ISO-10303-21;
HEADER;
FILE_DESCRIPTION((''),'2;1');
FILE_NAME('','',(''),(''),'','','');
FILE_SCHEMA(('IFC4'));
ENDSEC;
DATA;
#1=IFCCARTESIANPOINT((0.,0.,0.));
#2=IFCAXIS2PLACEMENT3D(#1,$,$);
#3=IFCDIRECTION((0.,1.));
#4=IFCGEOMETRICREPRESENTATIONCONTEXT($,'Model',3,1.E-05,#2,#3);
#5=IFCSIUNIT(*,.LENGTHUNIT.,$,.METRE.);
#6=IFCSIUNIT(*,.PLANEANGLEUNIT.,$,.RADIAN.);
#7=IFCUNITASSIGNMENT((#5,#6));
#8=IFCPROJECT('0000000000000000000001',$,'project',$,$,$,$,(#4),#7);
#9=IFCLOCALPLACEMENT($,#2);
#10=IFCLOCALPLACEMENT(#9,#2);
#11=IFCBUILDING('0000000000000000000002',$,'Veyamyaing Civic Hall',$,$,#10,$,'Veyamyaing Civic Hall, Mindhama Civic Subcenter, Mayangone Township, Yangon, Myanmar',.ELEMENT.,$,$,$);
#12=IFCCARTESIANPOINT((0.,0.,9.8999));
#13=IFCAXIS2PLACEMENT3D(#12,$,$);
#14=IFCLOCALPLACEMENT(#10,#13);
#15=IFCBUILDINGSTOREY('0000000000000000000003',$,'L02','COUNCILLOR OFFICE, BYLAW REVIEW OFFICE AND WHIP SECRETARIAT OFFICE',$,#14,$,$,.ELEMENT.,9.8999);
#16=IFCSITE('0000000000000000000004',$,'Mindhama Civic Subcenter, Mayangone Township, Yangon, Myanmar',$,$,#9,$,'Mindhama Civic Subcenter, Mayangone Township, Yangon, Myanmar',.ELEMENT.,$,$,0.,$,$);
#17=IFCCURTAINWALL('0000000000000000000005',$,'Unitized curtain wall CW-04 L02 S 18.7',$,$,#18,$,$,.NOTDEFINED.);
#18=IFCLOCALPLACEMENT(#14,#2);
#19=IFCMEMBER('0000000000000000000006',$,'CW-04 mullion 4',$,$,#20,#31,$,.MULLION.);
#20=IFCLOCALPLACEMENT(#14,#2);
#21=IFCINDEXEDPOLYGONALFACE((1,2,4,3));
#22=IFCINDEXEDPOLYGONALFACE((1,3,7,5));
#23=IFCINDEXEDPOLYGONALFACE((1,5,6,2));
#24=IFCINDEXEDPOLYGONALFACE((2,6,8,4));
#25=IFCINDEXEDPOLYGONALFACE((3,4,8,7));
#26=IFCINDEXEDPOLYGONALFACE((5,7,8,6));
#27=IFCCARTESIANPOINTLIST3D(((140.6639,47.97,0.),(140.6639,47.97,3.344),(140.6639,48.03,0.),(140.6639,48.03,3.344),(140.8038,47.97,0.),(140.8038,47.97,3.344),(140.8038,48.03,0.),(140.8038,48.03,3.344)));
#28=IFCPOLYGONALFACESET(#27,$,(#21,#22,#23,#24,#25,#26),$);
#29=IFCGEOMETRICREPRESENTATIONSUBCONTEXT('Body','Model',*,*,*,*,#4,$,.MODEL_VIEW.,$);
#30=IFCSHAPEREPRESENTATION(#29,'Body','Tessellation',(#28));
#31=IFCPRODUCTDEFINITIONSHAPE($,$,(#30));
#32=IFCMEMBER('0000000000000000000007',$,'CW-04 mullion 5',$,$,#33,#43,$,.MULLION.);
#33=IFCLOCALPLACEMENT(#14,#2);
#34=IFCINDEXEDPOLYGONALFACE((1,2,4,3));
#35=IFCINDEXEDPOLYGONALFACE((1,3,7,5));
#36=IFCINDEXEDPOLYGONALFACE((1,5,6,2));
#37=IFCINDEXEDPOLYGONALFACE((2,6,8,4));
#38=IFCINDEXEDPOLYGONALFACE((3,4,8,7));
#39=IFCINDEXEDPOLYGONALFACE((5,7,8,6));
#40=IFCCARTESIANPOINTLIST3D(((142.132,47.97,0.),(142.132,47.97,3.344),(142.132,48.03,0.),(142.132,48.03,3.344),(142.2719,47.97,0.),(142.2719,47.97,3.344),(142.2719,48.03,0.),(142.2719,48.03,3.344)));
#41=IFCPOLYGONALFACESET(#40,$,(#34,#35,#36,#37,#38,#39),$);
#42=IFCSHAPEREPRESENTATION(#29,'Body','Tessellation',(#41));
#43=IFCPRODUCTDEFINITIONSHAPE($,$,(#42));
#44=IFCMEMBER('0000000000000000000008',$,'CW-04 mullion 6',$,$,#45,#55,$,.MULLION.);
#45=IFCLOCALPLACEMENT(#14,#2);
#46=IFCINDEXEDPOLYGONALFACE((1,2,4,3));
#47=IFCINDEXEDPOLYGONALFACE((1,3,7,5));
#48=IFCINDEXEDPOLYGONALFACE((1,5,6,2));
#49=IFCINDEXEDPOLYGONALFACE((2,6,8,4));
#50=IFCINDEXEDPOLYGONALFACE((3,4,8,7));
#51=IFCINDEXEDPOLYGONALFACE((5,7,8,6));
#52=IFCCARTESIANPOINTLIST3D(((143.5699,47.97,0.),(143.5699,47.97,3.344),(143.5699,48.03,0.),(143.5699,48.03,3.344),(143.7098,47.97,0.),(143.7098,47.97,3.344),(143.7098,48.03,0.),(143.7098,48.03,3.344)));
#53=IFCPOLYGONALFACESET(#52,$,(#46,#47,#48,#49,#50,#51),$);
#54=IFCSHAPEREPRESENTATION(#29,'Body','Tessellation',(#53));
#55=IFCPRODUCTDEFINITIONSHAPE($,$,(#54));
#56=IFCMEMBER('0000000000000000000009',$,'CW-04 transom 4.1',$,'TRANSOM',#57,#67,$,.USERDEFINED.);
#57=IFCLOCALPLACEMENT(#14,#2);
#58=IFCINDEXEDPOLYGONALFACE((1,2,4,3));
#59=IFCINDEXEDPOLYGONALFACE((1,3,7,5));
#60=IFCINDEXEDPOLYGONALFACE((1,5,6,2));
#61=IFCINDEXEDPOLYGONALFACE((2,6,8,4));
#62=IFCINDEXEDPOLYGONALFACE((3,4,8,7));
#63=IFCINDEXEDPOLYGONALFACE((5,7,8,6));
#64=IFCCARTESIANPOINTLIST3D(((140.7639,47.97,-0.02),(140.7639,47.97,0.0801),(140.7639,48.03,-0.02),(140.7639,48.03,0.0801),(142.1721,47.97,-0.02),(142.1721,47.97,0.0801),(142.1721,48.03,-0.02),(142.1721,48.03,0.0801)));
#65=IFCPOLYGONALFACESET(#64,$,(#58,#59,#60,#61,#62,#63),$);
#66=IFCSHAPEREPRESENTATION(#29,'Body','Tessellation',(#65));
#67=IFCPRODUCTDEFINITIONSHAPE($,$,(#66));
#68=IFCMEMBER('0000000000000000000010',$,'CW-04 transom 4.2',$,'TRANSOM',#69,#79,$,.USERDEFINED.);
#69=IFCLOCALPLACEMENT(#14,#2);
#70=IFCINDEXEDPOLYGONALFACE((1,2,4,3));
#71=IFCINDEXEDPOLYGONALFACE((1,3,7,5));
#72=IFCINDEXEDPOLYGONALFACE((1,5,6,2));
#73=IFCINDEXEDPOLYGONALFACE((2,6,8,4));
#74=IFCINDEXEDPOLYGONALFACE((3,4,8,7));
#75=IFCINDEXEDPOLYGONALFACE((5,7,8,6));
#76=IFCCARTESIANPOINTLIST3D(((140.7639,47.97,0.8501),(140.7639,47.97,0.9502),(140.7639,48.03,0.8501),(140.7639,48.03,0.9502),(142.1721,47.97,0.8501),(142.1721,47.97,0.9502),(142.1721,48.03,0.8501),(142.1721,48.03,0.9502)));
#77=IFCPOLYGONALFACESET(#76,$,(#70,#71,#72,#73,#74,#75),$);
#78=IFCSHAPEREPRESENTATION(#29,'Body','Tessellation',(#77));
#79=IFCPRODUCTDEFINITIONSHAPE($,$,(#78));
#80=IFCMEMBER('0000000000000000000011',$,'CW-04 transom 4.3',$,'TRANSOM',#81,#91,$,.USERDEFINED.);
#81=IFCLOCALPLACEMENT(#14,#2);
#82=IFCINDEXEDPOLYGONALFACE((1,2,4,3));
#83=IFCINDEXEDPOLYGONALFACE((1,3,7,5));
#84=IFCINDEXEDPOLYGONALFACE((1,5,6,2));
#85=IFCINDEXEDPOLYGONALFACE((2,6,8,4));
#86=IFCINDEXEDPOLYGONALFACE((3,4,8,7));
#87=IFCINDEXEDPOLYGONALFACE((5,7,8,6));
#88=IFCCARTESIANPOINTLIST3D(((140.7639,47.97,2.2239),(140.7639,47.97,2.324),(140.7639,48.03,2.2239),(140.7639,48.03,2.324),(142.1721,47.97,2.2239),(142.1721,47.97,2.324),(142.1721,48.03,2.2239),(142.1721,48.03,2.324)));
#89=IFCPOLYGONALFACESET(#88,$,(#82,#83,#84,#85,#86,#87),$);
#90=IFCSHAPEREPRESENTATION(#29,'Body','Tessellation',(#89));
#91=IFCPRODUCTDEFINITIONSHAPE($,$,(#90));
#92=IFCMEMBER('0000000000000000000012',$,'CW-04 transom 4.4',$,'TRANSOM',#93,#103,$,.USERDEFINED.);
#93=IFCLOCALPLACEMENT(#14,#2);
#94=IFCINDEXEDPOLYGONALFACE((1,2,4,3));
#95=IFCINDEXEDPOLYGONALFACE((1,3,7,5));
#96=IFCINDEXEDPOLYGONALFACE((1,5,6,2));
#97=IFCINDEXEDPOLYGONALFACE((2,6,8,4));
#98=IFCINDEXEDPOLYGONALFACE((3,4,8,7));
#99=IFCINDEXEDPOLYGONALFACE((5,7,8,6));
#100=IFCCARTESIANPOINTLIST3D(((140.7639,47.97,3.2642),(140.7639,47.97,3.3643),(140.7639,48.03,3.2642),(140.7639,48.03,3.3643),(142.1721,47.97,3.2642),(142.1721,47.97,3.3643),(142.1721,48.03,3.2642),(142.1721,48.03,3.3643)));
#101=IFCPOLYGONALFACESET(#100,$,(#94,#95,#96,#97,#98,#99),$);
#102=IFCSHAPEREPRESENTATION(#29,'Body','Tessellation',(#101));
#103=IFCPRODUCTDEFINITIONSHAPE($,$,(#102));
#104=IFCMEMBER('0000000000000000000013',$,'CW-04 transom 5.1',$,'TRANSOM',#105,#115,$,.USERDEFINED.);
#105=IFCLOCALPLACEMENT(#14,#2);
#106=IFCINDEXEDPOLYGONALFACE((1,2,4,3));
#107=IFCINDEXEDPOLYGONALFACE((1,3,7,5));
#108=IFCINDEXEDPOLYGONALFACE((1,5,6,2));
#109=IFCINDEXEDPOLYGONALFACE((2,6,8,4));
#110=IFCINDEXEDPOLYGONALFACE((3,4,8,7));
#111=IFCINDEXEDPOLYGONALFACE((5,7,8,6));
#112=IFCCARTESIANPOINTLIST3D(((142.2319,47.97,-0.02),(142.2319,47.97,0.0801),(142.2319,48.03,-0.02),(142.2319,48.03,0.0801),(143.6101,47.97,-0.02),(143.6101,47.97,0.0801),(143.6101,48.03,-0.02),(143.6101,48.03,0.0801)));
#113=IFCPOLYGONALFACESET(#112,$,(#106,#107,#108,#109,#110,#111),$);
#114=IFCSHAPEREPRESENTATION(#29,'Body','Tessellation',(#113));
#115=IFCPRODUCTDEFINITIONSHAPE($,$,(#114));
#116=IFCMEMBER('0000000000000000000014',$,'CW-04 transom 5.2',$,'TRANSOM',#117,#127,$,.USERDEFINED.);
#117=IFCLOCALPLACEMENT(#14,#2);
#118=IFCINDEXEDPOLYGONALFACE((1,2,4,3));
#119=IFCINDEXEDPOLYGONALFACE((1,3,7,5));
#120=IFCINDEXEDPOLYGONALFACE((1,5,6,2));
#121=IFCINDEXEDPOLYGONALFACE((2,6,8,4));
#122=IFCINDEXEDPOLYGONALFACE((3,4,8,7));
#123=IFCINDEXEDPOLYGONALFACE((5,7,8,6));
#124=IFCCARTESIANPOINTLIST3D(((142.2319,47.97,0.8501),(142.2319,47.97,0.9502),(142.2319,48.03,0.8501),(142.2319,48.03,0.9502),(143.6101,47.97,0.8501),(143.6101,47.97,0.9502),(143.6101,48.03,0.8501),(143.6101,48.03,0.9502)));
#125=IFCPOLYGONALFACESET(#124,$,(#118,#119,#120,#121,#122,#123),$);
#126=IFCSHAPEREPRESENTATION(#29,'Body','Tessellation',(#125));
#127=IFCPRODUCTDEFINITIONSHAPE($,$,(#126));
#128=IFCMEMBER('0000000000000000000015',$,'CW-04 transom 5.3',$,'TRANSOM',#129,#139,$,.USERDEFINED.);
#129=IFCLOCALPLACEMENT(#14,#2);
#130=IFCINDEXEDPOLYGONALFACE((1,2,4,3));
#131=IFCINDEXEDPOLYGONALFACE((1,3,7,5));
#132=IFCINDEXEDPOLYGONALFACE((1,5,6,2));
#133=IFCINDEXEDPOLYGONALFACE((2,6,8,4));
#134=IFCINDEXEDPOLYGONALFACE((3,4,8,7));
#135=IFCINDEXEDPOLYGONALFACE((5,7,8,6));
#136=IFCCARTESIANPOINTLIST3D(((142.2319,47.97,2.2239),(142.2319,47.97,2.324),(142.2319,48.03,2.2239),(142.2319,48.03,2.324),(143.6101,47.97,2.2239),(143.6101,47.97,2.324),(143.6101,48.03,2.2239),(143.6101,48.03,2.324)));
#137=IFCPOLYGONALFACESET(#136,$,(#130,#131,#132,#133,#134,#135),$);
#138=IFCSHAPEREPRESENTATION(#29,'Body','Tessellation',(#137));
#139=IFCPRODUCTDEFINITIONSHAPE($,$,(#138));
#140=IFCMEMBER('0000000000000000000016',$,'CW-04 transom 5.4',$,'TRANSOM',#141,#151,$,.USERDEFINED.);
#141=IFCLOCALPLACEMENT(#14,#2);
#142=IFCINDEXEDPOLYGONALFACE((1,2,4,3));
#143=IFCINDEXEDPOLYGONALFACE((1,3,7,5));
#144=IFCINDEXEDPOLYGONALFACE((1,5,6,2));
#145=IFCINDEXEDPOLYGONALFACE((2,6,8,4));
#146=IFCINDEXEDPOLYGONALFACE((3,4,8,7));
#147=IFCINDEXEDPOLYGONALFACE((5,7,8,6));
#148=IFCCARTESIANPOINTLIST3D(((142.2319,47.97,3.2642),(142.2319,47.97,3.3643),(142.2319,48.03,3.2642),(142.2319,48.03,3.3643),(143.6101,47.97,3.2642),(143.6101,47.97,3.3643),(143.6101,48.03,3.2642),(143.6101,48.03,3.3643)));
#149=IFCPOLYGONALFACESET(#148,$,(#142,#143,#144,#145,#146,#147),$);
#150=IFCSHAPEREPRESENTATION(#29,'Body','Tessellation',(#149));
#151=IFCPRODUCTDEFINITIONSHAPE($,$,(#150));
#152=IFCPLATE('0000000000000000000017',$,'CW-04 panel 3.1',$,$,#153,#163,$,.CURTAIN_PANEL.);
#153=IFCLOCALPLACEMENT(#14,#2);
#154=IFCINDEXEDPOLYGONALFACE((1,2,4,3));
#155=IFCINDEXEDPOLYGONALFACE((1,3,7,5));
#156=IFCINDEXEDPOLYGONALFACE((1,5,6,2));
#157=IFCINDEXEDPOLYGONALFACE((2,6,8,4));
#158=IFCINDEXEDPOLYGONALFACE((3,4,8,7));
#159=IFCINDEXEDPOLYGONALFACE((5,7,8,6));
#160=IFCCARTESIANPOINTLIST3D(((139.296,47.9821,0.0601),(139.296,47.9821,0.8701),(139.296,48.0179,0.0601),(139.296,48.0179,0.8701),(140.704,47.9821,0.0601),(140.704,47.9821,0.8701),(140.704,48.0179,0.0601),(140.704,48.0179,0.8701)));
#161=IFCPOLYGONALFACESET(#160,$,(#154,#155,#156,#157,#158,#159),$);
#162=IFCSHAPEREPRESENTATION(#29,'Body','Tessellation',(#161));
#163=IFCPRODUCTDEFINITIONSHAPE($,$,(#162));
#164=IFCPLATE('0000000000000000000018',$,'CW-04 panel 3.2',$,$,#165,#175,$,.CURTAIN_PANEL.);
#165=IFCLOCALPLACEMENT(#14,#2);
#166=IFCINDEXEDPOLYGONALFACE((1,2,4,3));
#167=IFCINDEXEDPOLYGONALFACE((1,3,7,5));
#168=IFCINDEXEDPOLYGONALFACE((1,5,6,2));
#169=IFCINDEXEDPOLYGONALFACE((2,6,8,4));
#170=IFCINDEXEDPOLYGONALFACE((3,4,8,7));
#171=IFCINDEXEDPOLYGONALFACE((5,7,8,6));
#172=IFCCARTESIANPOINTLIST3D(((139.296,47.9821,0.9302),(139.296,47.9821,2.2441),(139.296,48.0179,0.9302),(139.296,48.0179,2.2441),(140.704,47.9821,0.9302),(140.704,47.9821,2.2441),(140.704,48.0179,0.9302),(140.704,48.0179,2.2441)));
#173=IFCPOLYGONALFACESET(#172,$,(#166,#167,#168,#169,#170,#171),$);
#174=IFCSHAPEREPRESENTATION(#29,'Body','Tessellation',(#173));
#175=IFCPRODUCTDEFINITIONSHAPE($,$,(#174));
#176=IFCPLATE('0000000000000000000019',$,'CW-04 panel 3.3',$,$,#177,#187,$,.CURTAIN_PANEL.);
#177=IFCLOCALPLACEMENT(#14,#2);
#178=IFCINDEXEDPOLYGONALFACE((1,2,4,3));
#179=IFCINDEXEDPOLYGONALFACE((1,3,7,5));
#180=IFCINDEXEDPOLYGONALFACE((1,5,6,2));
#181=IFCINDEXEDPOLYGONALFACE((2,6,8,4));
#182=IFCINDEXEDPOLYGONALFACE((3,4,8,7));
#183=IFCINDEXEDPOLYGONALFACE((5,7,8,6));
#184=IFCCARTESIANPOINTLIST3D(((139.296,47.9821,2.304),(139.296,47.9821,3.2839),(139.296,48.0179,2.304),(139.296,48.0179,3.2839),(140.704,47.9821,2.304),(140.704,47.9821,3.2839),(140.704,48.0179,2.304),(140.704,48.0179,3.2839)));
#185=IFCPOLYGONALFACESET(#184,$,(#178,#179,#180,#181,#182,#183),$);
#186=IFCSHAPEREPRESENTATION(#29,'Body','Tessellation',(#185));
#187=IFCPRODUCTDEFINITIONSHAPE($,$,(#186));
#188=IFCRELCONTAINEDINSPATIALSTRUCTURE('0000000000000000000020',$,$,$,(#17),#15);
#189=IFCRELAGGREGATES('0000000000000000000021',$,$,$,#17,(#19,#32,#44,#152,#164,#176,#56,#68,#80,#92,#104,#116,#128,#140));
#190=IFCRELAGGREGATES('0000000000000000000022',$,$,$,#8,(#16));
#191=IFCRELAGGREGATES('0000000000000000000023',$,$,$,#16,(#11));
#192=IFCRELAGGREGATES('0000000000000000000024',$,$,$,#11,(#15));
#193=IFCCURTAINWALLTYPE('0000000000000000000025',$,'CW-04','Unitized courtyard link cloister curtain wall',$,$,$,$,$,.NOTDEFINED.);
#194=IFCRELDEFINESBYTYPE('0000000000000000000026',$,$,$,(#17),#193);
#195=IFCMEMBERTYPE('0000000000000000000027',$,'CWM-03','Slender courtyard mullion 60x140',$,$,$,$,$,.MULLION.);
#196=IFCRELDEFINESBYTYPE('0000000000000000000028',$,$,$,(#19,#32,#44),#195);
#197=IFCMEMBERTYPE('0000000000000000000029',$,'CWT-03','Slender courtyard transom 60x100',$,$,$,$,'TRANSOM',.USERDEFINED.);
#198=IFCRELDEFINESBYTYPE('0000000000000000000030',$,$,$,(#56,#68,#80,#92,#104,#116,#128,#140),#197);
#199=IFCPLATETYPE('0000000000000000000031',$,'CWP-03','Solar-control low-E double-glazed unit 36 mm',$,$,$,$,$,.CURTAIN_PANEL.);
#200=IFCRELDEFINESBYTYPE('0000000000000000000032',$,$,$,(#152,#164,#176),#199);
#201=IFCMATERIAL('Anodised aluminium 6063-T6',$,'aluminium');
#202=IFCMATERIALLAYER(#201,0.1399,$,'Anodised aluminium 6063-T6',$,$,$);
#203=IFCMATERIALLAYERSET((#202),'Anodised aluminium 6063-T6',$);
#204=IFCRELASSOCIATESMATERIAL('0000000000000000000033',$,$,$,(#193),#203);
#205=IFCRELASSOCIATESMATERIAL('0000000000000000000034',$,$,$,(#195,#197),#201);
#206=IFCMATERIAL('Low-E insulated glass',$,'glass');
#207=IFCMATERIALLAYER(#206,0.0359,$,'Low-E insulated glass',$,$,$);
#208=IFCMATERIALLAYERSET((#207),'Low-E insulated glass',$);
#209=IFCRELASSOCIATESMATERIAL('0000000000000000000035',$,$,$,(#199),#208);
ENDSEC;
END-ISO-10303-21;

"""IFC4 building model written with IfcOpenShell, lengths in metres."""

from ifc_helpers import new_model, si_unit, direction, frame, origin, origin_2d, place, context, subcontext, project, spatial, rectangle, extrude, material, layer, layer_set, material_profile, profile_set, type_object, element, aggregate, save


model = new_model("IFC4")

# Units and contexts
model_context = context("Model", 3, precision=1e-05, world=origin(), true_north=direction((0.0, 1.0)))
body_context = subcontext(model_context, "Body", "Model", "MODEL_VIEW")
ifc_project = project(units=[si_unit("LENGTHUNIT", "METRE"), si_unit("PLANEANGLEUNIT", "RADIAN")], contexts=[model_context])

# Site, building, storey
site_placement = place(None, origin())
site = spatial("IfcSite", under=ifc_project, at=site_placement, Name="Mindhama Civic Subcenter, Mayangone Township, Yangon, Myanmar", LongName="Mindhama Civic Subcenter, Mayangone Township, Yangon, Myanmar", CompositionType="ELEMENT", RefElevation=0.0)
building_placement = place(site_placement, origin())
building = spatial("IfcBuilding", under=site, at=building_placement, Name="Veyamyaing Civic Hall", LongName="Veyamyaing Civic Hall, Mindhama Civic Subcenter, Mayangone Township, Yangon, Myanmar", CompositionType="ELEMENT")
storey_placement = place(building_placement, frame((0.0, 0.0, 9.8999)))
storey = spatial("IfcBuildingStorey", under=building, at=storey_placement, Name="L02", Description="COUNCILLOR OFFICE, BYLAW REVIEW OFFICE AND WHIP SECRETARIAT OFFICE", CompositionType="ELEMENT", Elevation=9.8999)

# Curtain wall, members, plates
ifc_material_1 = material(Name="Anodised aluminium 6063-T6", Category="aluminium")
ifc_layer_1 = layer(ifc_material_1, 0.1399, Name="Anodised aluminium 6063-T6")
ifc_layer_set_1 = layer_set([ifc_layer_1], Name="Anodised aluminium 6063-T6")
curtain_wall_type = type_object("IfcCurtainWallType", Name="CW-04", Description="Unitized courtyard link cloister curtain wall", PredefinedType="NOTDEFINED", material=ifc_layer_set_1)
curtain_wall_placement = place(storey_placement, origin())
curtain_wall = element("IfcCurtainWall", 1, at=curtain_wall_placement, inside=storey, type_object=curtain_wall_type, Name="Unitized curtain wall CW-04 L02 S 18.7", PredefinedType="NOTDEFINED")
ifc_material_profile_1 = material_profile(ifc_material_1, rectangle(XDim=0.0601, YDim=0.1399, at=origin_2d()), Name="ALU-MUL-60X140")
ifc_profile_set_1 = profile_set([ifc_material_profile_1], Name="Anodised aluminium 6063-T6")
member_type_1 = type_object("IfcMemberType", Name="CWM-03", Description="Slender courtyard mullion 60x140", PredefinedType="MULLION", material=ifc_profile_set_1)
member_1_placement = place(storey_placement, frame((140.7339, 48.0, 0.0), z_axis=(0.0, 0.0, 1.0), x_axis=(0.0, 1.0, 0.0)))
member_1 = element("IfcMember", 2, at=member_1_placement, type_object=member_type_1, Name="CW-04 mullion 4", PredefinedType="MULLION", context=body_context, shape_type="SweptSolid", body=[
    extrude(rectangle(XDim=0.0601, YDim=0.1399, at=origin_2d()), origin(), (0.0, 0.0, 1.0), 3.344),
])
member_2_placement = place(storey_placement, frame((142.2019, 48.0, 0.0), z_axis=(0.0, 0.0, 1.0), x_axis=(0.0, 1.0, 0.0)))
member_2 = element("IfcMember", 3, at=member_2_placement, type_object=member_type_1, Name="CW-04 mullion 5", PredefinedType="MULLION", context=body_context, shape_type="SweptSolid", body=[
    extrude(rectangle(XDim=0.0601, YDim=0.1399, at=origin_2d()), origin(), (0.0, 0.0, 1.0), 3.344),
])
member_3_placement = place(storey_placement, frame((143.6399, 48.0, 0.0), z_axis=(0.0, 0.0, 1.0), x_axis=(0.0, 1.0, 0.0)))
member_3 = element("IfcMember", 4, at=member_3_placement, type_object=member_type_1, Name="CW-04 mullion 6", PredefinedType="MULLION", context=body_context, shape_type="SweptSolid", body=[
    extrude(rectangle(XDim=0.0601, YDim=0.1399, at=origin_2d()), origin(), (0.0, 0.0, 1.0), 3.344),
])
ifc_material_profile_2 = material_profile(ifc_material_1, rectangle(XDim=0.0601, YDim=0.1001, at=origin_2d()), Name="ALU-TRN-60X100")
ifc_profile_set_2 = profile_set([ifc_material_profile_2], Name="Anodised aluminium 6063-T6")
member_type_2 = type_object("IfcMemberType", Name="CWT-03", Description="Slender courtyard transom 60x100", ElementType="TRANSOM", PredefinedType="USERDEFINED", material=ifc_profile_set_2)
member_4_placement = place(storey_placement, frame((140.7639, 48.0, 0.03), z_axis=(1.0, 0.0, 0.0), x_axis=(0.0, 1.0, 0.0)))
member_4 = element("IfcMember", 5, at=member_4_placement, type_object=member_type_2, Name="CW-04 transom 4.1", ObjectType="TRANSOM", PredefinedType="USERDEFINED", context=body_context, shape_type="SweptSolid", body=[
    extrude(rectangle(XDim=0.0601, YDim=0.1001, at=origin_2d()), origin(), (0.0, 0.0, 1.0), 1.4082),
])
member_5_placement = place(storey_placement, frame((140.7639, 48.0, 0.9001), z_axis=(1.0, 0.0, 0.0), x_axis=(0.0, 1.0, 0.0)))
member_5 = element("IfcMember", 6, at=member_5_placement, type_object=member_type_2, Name="CW-04 transom 4.2", ObjectType="TRANSOM", PredefinedType="USERDEFINED", context=body_context, shape_type="SweptSolid", body=[
    extrude(rectangle(XDim=0.0601, YDim=0.1001, at=origin_2d()), origin(), (0.0, 0.0, 1.0), 1.4082),
])
member_6_placement = place(storey_placement, frame((140.7639, 48.0, 2.2739), z_axis=(1.0, 0.0, 0.0), x_axis=(0.0, 1.0, 0.0)))
member_6 = element("IfcMember", 7, at=member_6_placement, type_object=member_type_2, Name="CW-04 transom 4.3", ObjectType="TRANSOM", PredefinedType="USERDEFINED", context=body_context, shape_type="SweptSolid", body=[
    extrude(rectangle(XDim=0.0601, YDim=0.1001, at=origin_2d()), origin(), (0.0, 0.0, 1.0), 1.4082),
])
member_7_placement = place(storey_placement, frame((140.7639, 48.0, 3.3142), z_axis=(1.0, 0.0, 0.0), x_axis=(0.0, 1.0, 0.0)))
member_7 = element("IfcMember", 8, at=member_7_placement, type_object=member_type_2, Name="CW-04 transom 4.4", ObjectType="TRANSOM", PredefinedType="USERDEFINED", context=body_context, shape_type="SweptSolid", body=[
    extrude(rectangle(XDim=0.0601, YDim=0.1001, at=origin_2d()), origin(), (0.0, 0.0, 1.0), 1.4082),
])
member_8_placement = place(storey_placement, frame((142.2319, 48.0, 0.03), z_axis=(1.0, 0.0, 0.0), x_axis=(0.0, 1.0, 0.0)))
member_8 = element("IfcMember", 9, at=member_8_placement, type_object=member_type_2, Name="CW-04 transom 5.1", ObjectType="TRANSOM", PredefinedType="USERDEFINED", context=body_context, shape_type="SweptSolid", body=[
    extrude(rectangle(XDim=0.0601, YDim=0.1001, at=origin_2d()), origin(), (0.0, 0.0, 1.0), 1.3782),
])
member_9_placement = place(storey_placement, frame((142.2319, 48.0, 0.9001), z_axis=(1.0, 0.0, 0.0), x_axis=(0.0, 1.0, 0.0)))
member_9 = element("IfcMember", 10, at=member_9_placement, type_object=member_type_2, Name="CW-04 transom 5.2", ObjectType="TRANSOM", PredefinedType="USERDEFINED", context=body_context, shape_type="SweptSolid", body=[
    extrude(rectangle(XDim=0.0601, YDim=0.1001, at=origin_2d()), origin(), (0.0, 0.0, 1.0), 1.3782),
])
member_10_placement = place(storey_placement, frame((142.2319, 48.0, 2.2739), z_axis=(1.0, 0.0, 0.0), x_axis=(0.0, 1.0, 0.0)))
member_10 = element("IfcMember", 11, at=member_10_placement, type_object=member_type_2, Name="CW-04 transom 5.3", ObjectType="TRANSOM", PredefinedType="USERDEFINED", context=body_context, shape_type="SweptSolid", body=[
    extrude(rectangle(XDim=0.0601, YDim=0.1001, at=origin_2d()), origin(), (0.0, 0.0, 1.0), 1.3782),
])
member_11_placement = place(storey_placement, frame((142.2319, 48.0, 3.3142), z_axis=(1.0, 0.0, 0.0), x_axis=(0.0, 1.0, 0.0)))
member_11 = element("IfcMember", 12, at=member_11_placement, type_object=member_type_2, Name="CW-04 transom 5.4", ObjectType="TRANSOM", PredefinedType="USERDEFINED", context=body_context, shape_type="SweptSolid", body=[
    extrude(rectangle(XDim=0.0601, YDim=0.1001, at=origin_2d()), origin(), (0.0, 0.0, 1.0), 1.3782),
])
ifc_material_2 = material(Name="Low-E insulated glass", Category="glass")
ifc_layer_2 = layer(ifc_material_2, 0.0359, Name="Low-E insulated glass")
ifc_layer_set_2 = layer_set([ifc_layer_2], Name="Low-E insulated glass")
plate_type = type_object("IfcPlateType", Name="CWP-03", Description="Solar-control low-E double-glazed unit 36 mm", PredefinedType="CURTAIN_PANEL", material=ifc_layer_set_2)
plate_1_placement = place(storey_placement, frame((140.0, 48.0, 0.0601), z_axis=(0.0, 0.0, 1.0), x_axis=(1.0, 0.0, 0.0)))
plate_1 = element("IfcPlate", 13, at=plate_1_placement, type_object=plate_type, Name="CW-04 panel 3.1", PredefinedType="CURTAIN_PANEL", context=body_context, shape_type="SweptSolid", body=[
    extrude(rectangle(XDim=1.408, YDim=0.0359, at=origin_2d()), origin(), (0.0, 0.0, 1.0), 0.8101),
])
plate_2_placement = place(storey_placement, frame((140.0, 48.0, 0.9302), z_axis=(0.0, 0.0, 1.0), x_axis=(1.0, 0.0, 0.0)))
plate_2 = element("IfcPlate", 14, at=plate_2_placement, type_object=plate_type, Name="CW-04 panel 3.2", PredefinedType="CURTAIN_PANEL", context=body_context, shape_type="SweptSolid", body=[
    extrude(rectangle(XDim=1.408, YDim=0.0359, at=origin_2d()), origin(), (0.0, 0.0, 1.0), 1.314),
])
plate_3_placement = place(storey_placement, frame((140.0, 48.0, 2.304), z_axis=(0.0, 0.0, 1.0), x_axis=(1.0, 0.0, 0.0)))
plate_3 = element("IfcPlate", 15, at=plate_3_placement, type_object=plate_type, Name="CW-04 panel 3.3", PredefinedType="CURTAIN_PANEL", context=body_context, shape_type="SweptSolid", body=[
    extrude(rectangle(XDim=1.408, YDim=0.0359, at=origin_2d()), origin(), (0.0, 0.0, 1.0), 0.98),
])
aggregate(curtain_wall, [member_1, member_2, member_3, plate_1, plate_2, plate_3, member_4, member_5, member_6, member_7, member_8, member_9, member_10, member_11])

save(model, "model.ifc")
